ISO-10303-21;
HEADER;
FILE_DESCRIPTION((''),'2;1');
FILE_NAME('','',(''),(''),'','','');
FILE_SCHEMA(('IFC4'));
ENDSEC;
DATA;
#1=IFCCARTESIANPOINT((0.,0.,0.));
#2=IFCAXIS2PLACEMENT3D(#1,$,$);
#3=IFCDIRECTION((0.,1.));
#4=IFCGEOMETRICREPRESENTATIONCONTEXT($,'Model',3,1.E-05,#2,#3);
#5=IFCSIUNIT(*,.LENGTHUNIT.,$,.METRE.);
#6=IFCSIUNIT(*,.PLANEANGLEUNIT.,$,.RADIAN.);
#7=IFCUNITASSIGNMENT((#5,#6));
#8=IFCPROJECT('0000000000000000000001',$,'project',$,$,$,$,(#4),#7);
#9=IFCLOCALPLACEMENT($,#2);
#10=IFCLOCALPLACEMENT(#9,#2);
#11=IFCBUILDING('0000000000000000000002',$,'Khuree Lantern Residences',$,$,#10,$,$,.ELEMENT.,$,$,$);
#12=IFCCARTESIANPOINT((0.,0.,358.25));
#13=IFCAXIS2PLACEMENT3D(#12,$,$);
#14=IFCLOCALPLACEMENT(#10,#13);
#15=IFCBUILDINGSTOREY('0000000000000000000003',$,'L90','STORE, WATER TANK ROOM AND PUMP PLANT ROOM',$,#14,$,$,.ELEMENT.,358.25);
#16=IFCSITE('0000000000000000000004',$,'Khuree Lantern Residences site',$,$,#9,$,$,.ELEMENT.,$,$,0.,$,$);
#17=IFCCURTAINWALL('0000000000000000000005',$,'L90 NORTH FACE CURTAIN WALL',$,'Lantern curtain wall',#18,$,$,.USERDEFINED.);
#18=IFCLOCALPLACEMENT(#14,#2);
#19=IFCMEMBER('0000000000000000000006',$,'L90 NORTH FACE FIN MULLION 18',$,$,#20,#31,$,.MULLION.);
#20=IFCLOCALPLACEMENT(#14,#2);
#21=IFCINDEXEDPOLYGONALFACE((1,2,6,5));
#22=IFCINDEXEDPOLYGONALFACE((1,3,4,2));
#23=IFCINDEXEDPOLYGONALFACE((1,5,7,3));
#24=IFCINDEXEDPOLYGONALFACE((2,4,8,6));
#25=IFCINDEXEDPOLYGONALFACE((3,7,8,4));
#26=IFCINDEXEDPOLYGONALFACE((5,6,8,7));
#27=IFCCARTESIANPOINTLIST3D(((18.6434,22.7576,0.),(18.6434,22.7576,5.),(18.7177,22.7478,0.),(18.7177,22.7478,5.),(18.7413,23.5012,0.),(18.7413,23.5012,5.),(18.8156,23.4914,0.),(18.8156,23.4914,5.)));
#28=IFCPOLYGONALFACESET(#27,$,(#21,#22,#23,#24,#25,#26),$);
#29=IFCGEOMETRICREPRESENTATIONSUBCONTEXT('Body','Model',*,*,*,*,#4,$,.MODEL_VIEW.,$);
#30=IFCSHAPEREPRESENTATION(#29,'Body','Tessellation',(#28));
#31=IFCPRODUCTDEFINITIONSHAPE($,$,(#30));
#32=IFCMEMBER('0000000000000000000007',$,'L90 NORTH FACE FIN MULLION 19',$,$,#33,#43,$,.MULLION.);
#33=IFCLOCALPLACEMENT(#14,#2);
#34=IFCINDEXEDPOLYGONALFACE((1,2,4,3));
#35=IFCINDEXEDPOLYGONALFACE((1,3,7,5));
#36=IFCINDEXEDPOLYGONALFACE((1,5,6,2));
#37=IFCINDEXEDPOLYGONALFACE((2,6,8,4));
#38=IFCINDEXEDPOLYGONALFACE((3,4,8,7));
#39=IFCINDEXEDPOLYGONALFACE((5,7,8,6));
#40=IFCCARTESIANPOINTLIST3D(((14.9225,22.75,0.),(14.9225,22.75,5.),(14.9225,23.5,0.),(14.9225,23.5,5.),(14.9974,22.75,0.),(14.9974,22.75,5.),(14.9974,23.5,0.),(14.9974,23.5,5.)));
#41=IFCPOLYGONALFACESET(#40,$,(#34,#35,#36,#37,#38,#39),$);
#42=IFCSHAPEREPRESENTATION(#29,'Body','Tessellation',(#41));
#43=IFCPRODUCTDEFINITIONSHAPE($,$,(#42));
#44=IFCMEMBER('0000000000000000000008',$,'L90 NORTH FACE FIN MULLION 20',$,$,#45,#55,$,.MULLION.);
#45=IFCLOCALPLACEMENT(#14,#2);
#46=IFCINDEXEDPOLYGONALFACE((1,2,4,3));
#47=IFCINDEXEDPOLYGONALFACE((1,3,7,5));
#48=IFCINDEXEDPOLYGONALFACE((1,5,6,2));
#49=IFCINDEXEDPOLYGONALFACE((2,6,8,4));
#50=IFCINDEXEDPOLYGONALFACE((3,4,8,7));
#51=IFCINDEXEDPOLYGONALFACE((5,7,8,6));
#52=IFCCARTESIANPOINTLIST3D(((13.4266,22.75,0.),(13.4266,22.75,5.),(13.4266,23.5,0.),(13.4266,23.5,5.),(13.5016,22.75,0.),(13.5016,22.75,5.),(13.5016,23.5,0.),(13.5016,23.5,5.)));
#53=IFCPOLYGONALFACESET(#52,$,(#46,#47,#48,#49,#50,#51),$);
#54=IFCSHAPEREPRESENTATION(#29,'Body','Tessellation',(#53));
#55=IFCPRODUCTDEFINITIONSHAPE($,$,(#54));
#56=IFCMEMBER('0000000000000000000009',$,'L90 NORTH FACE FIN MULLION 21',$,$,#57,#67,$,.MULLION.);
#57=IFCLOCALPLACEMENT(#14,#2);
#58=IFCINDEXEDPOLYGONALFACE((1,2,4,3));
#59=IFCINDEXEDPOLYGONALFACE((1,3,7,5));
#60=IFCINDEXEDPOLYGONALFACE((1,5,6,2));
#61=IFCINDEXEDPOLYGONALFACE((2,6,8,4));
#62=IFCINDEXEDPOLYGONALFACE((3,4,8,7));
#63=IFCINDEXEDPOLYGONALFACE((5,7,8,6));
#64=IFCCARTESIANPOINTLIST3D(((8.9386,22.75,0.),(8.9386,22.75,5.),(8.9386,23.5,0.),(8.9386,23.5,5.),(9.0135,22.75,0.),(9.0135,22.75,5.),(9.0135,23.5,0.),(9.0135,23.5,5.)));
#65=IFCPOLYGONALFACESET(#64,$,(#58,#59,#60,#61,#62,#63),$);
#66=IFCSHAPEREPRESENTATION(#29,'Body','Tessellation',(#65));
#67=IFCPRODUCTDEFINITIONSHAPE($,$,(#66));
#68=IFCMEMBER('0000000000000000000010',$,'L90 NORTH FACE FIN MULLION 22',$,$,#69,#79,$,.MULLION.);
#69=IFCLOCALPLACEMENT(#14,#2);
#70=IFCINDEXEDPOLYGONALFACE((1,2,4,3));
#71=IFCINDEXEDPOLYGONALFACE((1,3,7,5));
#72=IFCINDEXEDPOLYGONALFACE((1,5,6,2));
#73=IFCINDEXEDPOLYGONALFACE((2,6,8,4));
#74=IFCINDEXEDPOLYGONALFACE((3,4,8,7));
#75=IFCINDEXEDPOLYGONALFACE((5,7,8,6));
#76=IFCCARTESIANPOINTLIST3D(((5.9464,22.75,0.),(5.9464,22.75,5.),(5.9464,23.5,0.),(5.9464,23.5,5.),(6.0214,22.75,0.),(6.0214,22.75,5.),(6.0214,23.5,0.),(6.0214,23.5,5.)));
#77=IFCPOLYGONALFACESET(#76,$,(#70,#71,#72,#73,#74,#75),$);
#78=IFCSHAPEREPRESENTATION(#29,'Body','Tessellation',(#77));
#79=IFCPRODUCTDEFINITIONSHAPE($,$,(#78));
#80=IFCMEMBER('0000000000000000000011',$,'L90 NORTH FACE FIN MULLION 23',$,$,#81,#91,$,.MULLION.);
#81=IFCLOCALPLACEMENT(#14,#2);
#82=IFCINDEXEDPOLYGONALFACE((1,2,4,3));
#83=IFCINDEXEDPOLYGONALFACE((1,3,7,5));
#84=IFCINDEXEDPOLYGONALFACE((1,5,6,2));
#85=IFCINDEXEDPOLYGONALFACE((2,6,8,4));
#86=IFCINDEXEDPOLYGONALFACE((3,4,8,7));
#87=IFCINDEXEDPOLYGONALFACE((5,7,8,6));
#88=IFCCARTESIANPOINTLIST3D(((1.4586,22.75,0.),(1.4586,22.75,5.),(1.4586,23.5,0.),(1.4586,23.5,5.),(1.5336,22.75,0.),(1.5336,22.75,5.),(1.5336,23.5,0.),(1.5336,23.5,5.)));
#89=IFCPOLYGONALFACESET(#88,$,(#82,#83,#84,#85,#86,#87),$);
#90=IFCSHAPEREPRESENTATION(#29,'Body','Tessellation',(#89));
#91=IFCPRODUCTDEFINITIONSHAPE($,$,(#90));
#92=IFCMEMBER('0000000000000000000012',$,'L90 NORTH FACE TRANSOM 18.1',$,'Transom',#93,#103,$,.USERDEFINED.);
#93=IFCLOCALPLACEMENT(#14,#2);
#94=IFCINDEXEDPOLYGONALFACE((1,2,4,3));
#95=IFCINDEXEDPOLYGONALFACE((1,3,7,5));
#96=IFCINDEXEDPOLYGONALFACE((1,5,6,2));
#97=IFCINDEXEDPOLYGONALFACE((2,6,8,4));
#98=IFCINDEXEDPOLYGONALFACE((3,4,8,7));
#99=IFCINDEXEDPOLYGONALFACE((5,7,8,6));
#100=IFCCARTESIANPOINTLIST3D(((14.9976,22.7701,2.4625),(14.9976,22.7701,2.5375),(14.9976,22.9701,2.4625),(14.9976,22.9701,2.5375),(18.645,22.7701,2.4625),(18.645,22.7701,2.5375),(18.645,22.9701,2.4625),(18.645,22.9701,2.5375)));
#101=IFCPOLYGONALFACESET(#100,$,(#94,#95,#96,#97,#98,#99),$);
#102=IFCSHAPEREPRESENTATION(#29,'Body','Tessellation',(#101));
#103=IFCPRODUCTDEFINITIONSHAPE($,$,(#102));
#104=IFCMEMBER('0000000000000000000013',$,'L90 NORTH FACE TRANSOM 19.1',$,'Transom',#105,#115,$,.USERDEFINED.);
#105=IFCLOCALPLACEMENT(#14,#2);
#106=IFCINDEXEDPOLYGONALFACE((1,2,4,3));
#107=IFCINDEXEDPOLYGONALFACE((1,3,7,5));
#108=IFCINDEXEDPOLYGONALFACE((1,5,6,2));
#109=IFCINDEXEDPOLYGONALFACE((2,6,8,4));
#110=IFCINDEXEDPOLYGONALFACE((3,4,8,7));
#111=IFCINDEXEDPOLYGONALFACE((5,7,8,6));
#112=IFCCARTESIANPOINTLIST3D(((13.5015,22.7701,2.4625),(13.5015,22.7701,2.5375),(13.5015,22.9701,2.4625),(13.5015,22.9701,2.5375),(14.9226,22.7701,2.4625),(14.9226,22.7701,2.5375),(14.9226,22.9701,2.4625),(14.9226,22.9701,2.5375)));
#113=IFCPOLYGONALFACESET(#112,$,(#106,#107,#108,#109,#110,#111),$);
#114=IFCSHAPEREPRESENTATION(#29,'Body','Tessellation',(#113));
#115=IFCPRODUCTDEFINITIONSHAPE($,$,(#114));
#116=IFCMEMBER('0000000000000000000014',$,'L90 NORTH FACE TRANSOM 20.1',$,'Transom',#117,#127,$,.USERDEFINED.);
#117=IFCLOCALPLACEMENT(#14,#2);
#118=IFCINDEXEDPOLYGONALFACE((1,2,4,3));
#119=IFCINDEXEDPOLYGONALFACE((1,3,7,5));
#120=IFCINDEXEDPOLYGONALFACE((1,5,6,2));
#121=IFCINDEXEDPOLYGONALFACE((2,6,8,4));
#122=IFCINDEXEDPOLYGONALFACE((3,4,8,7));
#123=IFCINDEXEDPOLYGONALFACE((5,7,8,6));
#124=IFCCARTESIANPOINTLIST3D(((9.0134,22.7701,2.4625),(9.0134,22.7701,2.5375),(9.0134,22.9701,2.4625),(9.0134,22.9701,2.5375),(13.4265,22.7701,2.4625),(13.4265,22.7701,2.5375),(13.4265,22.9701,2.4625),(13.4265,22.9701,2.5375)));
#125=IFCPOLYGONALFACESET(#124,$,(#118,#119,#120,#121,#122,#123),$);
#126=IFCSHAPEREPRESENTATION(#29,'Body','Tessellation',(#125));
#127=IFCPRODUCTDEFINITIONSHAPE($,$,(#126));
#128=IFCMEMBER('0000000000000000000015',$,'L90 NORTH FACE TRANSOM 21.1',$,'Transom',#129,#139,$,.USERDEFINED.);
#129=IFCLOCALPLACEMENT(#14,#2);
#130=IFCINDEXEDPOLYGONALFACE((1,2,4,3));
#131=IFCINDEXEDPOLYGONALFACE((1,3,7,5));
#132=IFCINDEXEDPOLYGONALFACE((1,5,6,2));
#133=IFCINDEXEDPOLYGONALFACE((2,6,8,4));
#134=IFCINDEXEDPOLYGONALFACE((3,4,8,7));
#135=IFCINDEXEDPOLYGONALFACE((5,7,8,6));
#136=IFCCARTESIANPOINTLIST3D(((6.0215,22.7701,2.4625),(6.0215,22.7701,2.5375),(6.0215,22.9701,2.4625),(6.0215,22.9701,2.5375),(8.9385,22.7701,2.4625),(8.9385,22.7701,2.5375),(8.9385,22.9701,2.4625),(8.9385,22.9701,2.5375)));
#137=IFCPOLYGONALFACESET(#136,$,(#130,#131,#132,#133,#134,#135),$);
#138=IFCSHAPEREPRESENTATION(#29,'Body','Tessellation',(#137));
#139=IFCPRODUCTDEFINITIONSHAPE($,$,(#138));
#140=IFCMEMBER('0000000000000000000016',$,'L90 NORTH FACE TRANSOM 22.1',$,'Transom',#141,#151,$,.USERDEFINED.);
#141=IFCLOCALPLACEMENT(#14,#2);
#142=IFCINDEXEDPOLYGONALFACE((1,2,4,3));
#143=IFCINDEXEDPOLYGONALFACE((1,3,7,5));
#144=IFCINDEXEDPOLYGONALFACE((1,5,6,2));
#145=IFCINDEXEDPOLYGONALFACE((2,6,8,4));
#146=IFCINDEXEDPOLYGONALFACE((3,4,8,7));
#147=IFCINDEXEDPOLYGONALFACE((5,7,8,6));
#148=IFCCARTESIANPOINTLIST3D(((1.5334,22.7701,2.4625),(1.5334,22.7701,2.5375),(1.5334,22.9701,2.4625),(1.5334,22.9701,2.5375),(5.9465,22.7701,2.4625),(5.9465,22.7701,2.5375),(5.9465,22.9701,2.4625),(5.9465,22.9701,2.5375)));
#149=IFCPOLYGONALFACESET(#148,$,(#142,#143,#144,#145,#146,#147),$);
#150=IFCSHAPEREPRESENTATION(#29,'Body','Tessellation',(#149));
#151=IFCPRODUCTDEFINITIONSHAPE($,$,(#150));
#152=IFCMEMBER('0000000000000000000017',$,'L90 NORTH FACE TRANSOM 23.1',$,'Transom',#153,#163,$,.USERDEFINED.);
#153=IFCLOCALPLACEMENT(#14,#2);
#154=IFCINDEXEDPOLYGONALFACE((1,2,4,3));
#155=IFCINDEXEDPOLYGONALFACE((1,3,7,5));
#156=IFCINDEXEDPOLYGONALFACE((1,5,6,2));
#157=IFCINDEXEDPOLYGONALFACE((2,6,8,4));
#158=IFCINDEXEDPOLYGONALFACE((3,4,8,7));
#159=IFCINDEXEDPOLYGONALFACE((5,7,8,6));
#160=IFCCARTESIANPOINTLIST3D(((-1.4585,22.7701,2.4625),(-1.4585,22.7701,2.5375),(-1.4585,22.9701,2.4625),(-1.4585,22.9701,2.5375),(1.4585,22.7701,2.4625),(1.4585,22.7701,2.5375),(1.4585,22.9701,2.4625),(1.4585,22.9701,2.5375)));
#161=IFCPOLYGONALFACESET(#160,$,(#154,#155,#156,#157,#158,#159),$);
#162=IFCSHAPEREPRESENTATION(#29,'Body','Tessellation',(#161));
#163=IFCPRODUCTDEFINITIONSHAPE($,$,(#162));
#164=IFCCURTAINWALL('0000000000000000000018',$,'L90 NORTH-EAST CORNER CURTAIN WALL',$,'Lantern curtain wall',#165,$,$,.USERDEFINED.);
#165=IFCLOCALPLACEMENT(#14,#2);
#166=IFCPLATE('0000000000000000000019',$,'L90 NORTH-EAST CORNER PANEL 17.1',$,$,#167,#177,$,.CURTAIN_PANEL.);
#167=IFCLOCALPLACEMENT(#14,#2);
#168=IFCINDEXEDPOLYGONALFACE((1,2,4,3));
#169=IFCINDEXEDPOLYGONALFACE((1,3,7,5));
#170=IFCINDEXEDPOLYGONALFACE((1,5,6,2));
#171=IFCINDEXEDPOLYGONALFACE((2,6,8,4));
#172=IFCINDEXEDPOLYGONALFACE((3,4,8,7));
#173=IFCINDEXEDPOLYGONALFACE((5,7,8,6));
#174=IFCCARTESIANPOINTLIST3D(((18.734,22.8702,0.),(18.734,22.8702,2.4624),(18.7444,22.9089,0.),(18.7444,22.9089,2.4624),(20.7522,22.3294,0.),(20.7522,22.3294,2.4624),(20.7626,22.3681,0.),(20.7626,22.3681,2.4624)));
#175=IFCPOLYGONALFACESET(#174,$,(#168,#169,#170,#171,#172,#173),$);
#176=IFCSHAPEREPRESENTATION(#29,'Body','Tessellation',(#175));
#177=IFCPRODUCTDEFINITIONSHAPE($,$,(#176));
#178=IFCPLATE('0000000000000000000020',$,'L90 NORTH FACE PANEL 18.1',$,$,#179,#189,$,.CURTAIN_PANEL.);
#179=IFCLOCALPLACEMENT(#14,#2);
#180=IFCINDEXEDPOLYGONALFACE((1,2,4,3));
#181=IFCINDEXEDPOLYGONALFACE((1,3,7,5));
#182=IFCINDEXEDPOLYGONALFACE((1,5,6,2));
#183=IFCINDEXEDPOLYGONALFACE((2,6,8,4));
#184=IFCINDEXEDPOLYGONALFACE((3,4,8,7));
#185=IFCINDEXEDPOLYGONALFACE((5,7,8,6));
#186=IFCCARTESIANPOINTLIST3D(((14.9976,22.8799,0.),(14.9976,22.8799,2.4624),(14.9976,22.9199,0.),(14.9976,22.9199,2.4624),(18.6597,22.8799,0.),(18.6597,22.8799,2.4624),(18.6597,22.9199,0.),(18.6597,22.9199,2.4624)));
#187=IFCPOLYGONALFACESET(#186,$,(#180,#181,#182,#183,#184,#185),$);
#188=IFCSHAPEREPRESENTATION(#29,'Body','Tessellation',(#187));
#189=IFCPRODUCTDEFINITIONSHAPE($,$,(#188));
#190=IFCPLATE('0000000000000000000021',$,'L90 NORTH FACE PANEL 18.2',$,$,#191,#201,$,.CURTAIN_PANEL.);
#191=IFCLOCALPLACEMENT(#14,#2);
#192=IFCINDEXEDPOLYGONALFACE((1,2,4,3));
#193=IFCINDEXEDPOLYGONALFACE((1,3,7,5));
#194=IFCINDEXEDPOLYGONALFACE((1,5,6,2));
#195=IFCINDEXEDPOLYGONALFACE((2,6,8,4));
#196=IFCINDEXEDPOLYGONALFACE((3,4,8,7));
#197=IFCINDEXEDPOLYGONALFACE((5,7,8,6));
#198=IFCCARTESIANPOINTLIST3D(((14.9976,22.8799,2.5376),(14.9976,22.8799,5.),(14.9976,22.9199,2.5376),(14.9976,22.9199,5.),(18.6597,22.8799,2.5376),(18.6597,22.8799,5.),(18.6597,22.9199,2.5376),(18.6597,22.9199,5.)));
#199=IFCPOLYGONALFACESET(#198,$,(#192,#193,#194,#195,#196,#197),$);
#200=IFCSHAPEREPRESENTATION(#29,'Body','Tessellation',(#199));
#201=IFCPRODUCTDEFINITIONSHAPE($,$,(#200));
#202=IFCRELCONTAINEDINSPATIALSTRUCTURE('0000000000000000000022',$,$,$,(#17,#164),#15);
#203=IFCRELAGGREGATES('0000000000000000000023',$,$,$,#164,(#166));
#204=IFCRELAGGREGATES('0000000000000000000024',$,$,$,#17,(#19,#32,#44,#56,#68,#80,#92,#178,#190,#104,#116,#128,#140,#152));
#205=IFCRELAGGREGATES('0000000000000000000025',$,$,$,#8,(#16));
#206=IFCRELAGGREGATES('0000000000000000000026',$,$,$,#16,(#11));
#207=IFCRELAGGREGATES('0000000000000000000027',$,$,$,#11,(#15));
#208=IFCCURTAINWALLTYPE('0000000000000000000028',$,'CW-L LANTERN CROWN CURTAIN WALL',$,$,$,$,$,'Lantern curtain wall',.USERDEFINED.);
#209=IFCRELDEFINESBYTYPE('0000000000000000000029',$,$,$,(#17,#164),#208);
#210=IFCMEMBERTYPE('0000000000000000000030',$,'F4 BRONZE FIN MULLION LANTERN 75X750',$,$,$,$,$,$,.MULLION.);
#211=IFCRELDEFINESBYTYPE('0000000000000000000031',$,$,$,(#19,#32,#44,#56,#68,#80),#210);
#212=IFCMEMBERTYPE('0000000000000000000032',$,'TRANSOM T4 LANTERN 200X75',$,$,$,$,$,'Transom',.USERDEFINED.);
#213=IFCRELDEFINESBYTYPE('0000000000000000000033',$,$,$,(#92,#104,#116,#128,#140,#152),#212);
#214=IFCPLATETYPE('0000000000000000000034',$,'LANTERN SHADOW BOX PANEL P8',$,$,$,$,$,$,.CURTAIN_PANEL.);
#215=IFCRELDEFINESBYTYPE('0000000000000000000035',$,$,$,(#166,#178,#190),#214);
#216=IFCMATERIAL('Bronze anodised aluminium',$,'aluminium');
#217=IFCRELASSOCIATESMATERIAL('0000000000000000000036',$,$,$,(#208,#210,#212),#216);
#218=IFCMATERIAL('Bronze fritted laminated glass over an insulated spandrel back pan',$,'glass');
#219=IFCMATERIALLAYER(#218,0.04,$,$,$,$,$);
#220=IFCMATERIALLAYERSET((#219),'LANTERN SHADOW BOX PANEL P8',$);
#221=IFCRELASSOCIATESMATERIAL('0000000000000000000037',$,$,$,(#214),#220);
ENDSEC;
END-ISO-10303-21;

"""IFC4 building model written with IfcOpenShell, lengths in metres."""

from ifc_helpers import new_model, si_unit, direction, frame, origin, origin_2d, place, context, subcontext, project, spatial, rectangle, extrude, material, layer, layer_set, material_profile, profile_set, type_object, element, aggregate, save


model = new_model("IFC4")

# Units and contexts
model_context = context("Model", 3, precision=1e-05, world=origin(), true_north=direction((0.0, 1.0)))
body_context = subcontext(model_context, "Body", "Model", "MODEL_VIEW")
ifc_project = project(units=[si_unit("LENGTHUNIT", "METRE"), si_unit("PLANEANGLEUNIT", "RADIAN")], contexts=[model_context])

# Site, building, storey
site_placement = place(None, origin())
site = spatial("IfcSite", under=ifc_project, at=site_placement, Name="Khuree Lantern Residences site", CompositionType="ELEMENT", RefElevation=0.0)
building_placement = place(site_placement, origin())
building = spatial("IfcBuilding", under=site, at=building_placement, Name="Khuree Lantern Residences", CompositionType="ELEMENT")
storey_placement = place(building_placement, frame((0.0, 0.0, 358.25)))
storey = spatial("IfcBuildingStorey", under=building, at=storey_placement, Name="L90", Description="STORE, WATER TANK ROOM AND PUMP PLANT ROOM", CompositionType="ELEMENT", Elevation=358.25)

# Curtain wall, members
ifc_material_1 = material(Name="Bronze anodised aluminium", Category="aluminium")
curtain_wall_type = type_object("IfcCurtainWallType", Name="CW-L LANTERN CROWN CURTAIN WALL", ElementType="Lantern curtain wall", PredefinedType="USERDEFINED", material=ifc_material_1)
curtain_wall_1_placement = place(storey_placement, origin())
curtain_wall_1 = element("IfcCurtainWall", 1, at=curtain_wall_1_placement, inside=storey, type_object=curtain_wall_type, Name="L90 NORTH FACE CURTAIN WALL", ObjectType="Lantern curtain wall", PredefinedType="USERDEFINED")
ifc_material_profile_1 = material_profile(ifc_material_1, rectangle(XDim=0.075, YDim=0.75, at=origin_2d()), Name="F4 75X750")
ifc_profile_set_1 = profile_set([ifc_material_profile_1], Name="Bronze anodised aluminium")
member_type_1 = type_object("IfcMemberType", Name="F4 BRONZE FIN MULLION LANTERN 75X750", PredefinedType="MULLION", material=ifc_profile_set_1)
member_1_placement = place(storey_placement, frame((18.7295, 23.1245, 0.0), z_axis=(0.0, 0.0, 1.0), x_axis=(-0.991445, 0.130526, 0.0)))
member_1 = element("IfcMember", 2, at=member_1_placement, type_object=member_type_1, Name="L90 NORTH FACE FIN MULLION 18", PredefinedType="MULLION", context=body_context, shape_type="SweptSolid", body=[
    extrude(rectangle(XDim=0.075, YDim=0.75, at=origin_2d()), origin(), (0.0, 0.0, 1.0), 5.0),
])
member_2_placement = place(storey_placement, frame((14.96, 23.125, 0.0), z_axis=(0.0, 0.0, 1.0), x_axis=(-1.0, 0.0, 0.0)))
member_2 = element("IfcMember", 3, at=member_2_placement, type_object=member_type_1, Name="L90 NORTH FACE FIN MULLION 19", PredefinedType="MULLION", context=body_context, shape_type="SweptSolid", body=[
    extrude(rectangle(XDim=0.075, YDim=0.75, at=origin_2d()), origin(), (0.0, 0.0, 1.0), 5.0),
])
member_3_placement = place(storey_placement, frame((13.4641, 23.125, 0.0), z_axis=(0.0, 0.0, 1.0), x_axis=(-1.0, 0.0, 0.0)))
member_3 = element("IfcMember", 4, at=member_3_placement, type_object=member_type_1, Name="L90 NORTH FACE FIN MULLION 20", PredefinedType="MULLION", context=body_context, shape_type="SweptSolid", body=[
    extrude(rectangle(XDim=0.075, YDim=0.75, at=origin_2d()), origin(), (0.0, 0.0, 1.0), 5.0),
])
member_4_placement = place(storey_placement, frame((8.9761, 23.125, 0.0), z_axis=(0.0, 0.0, 1.0), x_axis=(-1.0, 0.0, 0.0)))
member_4 = element("IfcMember", 5, at=member_4_placement, type_object=member_type_1, Name="L90 NORTH FACE FIN MULLION 21", PredefinedType="MULLION", context=body_context, shape_type="SweptSolid", body=[
    extrude(rectangle(XDim=0.075, YDim=0.75, at=origin_2d()), origin(), (0.0, 0.0, 1.0), 5.0),
])
member_5_placement = place(storey_placement, frame((5.9839, 23.125, 0.0), z_axis=(0.0, 0.0, 1.0), x_axis=(-1.0, 0.0, 0.0)))
member_5 = element("IfcMember", 6, at=member_5_placement, type_object=member_type_1, Name="L90 NORTH FACE FIN MULLION 22", PredefinedType="MULLION", context=body_context, shape_type="SweptSolid", body=[
    extrude(rectangle(XDim=0.075, YDim=0.75, at=origin_2d()), origin(), (0.0, 0.0, 1.0), 5.0),
])
member_6_placement = place(storey_placement, frame((1.4961, 23.125, 0.0), z_axis=(0.0, 0.0, 1.0), x_axis=(-1.0, 0.0, 0.0)))
member_6 = element("IfcMember", 7, at=member_6_placement, type_object=member_type_1, Name="L90 NORTH FACE FIN MULLION 23", PredefinedType="MULLION", context=body_context, shape_type="SweptSolid", body=[
    extrude(rectangle(XDim=0.075, YDim=0.75, at=origin_2d()), origin(), (0.0, 0.0, 1.0), 5.0),
])
ifc_material_profile_2 = material_profile(ifc_material_1, rectangle(XDim=0.2, YDim=0.075, at=origin_2d()), Name="T4 200X75")
ifc_profile_set_2 = profile_set([ifc_material_profile_2], Name="Bronze anodised aluminium")
member_type_2 = type_object("IfcMemberType", Name="TRANSOM T4 LANTERN 200X75", ElementType="Transom", PredefinedType="USERDEFINED", material=ifc_profile_set_2)
member_7_placement = place(storey_placement, frame((18.645, 22.8701, 2.5), z_axis=(-1.0, 0.0, 0.0), x_axis=(0.0, -1.0, 0.0)))
member_7 = element("IfcMember", 8, at=member_7_placement, type_object=member_type_2, Name="L90 NORTH FACE TRANSOM 18.1", ObjectType="Transom", PredefinedType="USERDEFINED", context=body_context, shape_type="SweptSolid", body=[
    extrude(rectangle(XDim=0.2, YDim=0.075, at=origin_2d()), origin(), (0.0, 0.0, 1.0), 3.6475),
])
member_8_placement = place(storey_placement, frame((14.9226, 22.8701, 2.5), z_axis=(-1.0, 0.0, 0.0), x_axis=(0.0, -1.0, 0.0)))
member_8 = element("IfcMember", 9, at=member_8_placement, type_object=member_type_2, Name="L90 NORTH FACE TRANSOM 19.1", ObjectType="Transom", PredefinedType="USERDEFINED", context=body_context, shape_type="SweptSolid", body=[
    extrude(rectangle(XDim=0.2, YDim=0.075, at=origin_2d()), origin(), (0.0, 0.0, 1.0), 1.4211),
])
member_9_placement = place(storey_placement, frame((13.4265, 22.8701, 2.5), z_axis=(-1.0, 0.0, 0.0), x_axis=(0.0, -1.0, 0.0)))
member_9 = element("IfcMember", 10, at=member_9_placement, type_object=member_type_2, Name="L90 NORTH FACE TRANSOM 20.1", ObjectType="Transom", PredefinedType="USERDEFINED", context=body_context, shape_type="SweptSolid", body=[
    extrude(rectangle(XDim=0.2, YDim=0.075, at=origin_2d()), origin(), (0.0, 0.0, 1.0), 4.4131),
])
member_10_placement = place(storey_placement, frame((8.9385, 22.8701, 2.5), z_axis=(-1.0, 0.0, 0.0), x_axis=(0.0, -1.0, 0.0)))
member_10 = element("IfcMember", 11, at=member_10_placement, type_object=member_type_2, Name="L90 NORTH FACE TRANSOM 21.1", ObjectType="Transom", PredefinedType="USERDEFINED", context=body_context, shape_type="SweptSolid", body=[
    extrude(rectangle(XDim=0.2, YDim=0.075, at=origin_2d()), origin(), (0.0, 0.0, 1.0), 2.917),
])
member_11_placement = place(storey_placement, frame((5.9465, 22.8701, 2.5), z_axis=(-1.0, 0.0, 0.0), x_axis=(0.0, -1.0, 0.0)))
member_11 = element("IfcMember", 12, at=member_11_placement, type_object=member_type_2, Name="L90 NORTH FACE TRANSOM 22.1", ObjectType="Transom", PredefinedType="USERDEFINED", context=body_context, shape_type="SweptSolid", body=[
    extrude(rectangle(XDim=0.2, YDim=0.075, at=origin_2d()), origin(), (0.0, 0.0, 1.0), 4.4131),
])
member_12_placement = place(storey_placement, frame((1.4585, 22.8701, 2.5), z_axis=(-1.0, 0.0, 0.0), x_axis=(0.0, -1.0, 0.0)))
member_12 = element("IfcMember", 13, at=member_12_placement, type_object=member_type_2, Name="L90 NORTH FACE TRANSOM 23.1", ObjectType="Transom", PredefinedType="USERDEFINED", context=body_context, shape_type="SweptSolid", body=[
    extrude(rectangle(XDim=0.2, YDim=0.075, at=origin_2d()), origin(), (0.0, 0.0, 1.0), 2.917),
])

# Curtain wall, plate
curtain_wall_2_placement = place(storey_placement, origin())
curtain_wall_2 = element("IfcCurtainWall", 14, at=curtain_wall_2_placement, inside=storey, type_object=curtain_wall_type, Name="L90 NORTH-EAST CORNER CURTAIN WALL", ObjectType="Lantern curtain wall", PredefinedType="USERDEFINED")
ifc_material_2 = material(Name="Bronze fritted laminated glass over an insulated spandrel back pan", Category="glass")
ifc_layer = layer(ifc_material_2, 0.04)
ifc_layer_set = layer_set([ifc_layer], Name="LANTERN SHADOW BOX PANEL P8")
plate_type = type_object("IfcPlateType", Name="LANTERN SHADOW BOX PANEL P8", PredefinedType="CURTAIN_PANEL", material=ifc_layer_set)
plate_1_placement = place(storey_placement, frame((19.7483, 22.6191, 0.0), z_axis=(0.0, 0.0, 1.0), x_axis=(-0.965926, 0.258819, 0.0)))
plate_1 = element("IfcPlate", 15, at=plate_1_placement, type_object=plate_type, Name="L90 NORTH-EAST CORNER PANEL 17.1", PredefinedType="CURTAIN_PANEL", context=body_context, shape_type="SweptSolid", body=[
    extrude(rectangle(XDim=2.0894, YDim=0.04, at=origin_2d()), origin(), (0.0, 0.0, 1.0), 2.4624),
])
aggregate(curtain_wall_2, [plate_1])

# Plates
plate_2_placement = place(storey_placement, frame((16.8286, 22.8999, 0.0), z_axis=(0.0, 0.0, 1.0), x_axis=(-1.0, 0.0, 0.0)))
plate_2 = element("IfcPlate", 16, at=plate_2_placement, type_object=plate_type, Name="L90 NORTH FACE PANEL 18.1", PredefinedType="CURTAIN_PANEL", context=body_context, shape_type="SweptSolid", body=[
    extrude(rectangle(XDim=3.6621, YDim=0.04, at=origin_2d()), origin(), (0.0, 0.0, 1.0), 2.4624),
])
plate_3_placement = place(storey_placement, frame((16.8286, 22.8999, 2.5376), z_axis=(0.0, 0.0, 1.0), x_axis=(-1.0, 0.0, 0.0)))
plate_3 = element("IfcPlate", 17, at=plate_3_placement, type_object=plate_type, Name="L90 NORTH FACE PANEL 18.2", PredefinedType="CURTAIN_PANEL", context=body_context, shape_type="SweptSolid", body=[
    extrude(rectangle(XDim=3.6621, YDim=0.04, at=origin_2d()), origin(), (0.0, 0.0, 1.0), 2.4624),
])
aggregate(curtain_wall_1, [member_1, member_2, member_3, member_4, member_5, member_6, member_7, plate_2, plate_3, member_8, member_9, member_10, member_11, member_12])

save(model, "model.ifc")
